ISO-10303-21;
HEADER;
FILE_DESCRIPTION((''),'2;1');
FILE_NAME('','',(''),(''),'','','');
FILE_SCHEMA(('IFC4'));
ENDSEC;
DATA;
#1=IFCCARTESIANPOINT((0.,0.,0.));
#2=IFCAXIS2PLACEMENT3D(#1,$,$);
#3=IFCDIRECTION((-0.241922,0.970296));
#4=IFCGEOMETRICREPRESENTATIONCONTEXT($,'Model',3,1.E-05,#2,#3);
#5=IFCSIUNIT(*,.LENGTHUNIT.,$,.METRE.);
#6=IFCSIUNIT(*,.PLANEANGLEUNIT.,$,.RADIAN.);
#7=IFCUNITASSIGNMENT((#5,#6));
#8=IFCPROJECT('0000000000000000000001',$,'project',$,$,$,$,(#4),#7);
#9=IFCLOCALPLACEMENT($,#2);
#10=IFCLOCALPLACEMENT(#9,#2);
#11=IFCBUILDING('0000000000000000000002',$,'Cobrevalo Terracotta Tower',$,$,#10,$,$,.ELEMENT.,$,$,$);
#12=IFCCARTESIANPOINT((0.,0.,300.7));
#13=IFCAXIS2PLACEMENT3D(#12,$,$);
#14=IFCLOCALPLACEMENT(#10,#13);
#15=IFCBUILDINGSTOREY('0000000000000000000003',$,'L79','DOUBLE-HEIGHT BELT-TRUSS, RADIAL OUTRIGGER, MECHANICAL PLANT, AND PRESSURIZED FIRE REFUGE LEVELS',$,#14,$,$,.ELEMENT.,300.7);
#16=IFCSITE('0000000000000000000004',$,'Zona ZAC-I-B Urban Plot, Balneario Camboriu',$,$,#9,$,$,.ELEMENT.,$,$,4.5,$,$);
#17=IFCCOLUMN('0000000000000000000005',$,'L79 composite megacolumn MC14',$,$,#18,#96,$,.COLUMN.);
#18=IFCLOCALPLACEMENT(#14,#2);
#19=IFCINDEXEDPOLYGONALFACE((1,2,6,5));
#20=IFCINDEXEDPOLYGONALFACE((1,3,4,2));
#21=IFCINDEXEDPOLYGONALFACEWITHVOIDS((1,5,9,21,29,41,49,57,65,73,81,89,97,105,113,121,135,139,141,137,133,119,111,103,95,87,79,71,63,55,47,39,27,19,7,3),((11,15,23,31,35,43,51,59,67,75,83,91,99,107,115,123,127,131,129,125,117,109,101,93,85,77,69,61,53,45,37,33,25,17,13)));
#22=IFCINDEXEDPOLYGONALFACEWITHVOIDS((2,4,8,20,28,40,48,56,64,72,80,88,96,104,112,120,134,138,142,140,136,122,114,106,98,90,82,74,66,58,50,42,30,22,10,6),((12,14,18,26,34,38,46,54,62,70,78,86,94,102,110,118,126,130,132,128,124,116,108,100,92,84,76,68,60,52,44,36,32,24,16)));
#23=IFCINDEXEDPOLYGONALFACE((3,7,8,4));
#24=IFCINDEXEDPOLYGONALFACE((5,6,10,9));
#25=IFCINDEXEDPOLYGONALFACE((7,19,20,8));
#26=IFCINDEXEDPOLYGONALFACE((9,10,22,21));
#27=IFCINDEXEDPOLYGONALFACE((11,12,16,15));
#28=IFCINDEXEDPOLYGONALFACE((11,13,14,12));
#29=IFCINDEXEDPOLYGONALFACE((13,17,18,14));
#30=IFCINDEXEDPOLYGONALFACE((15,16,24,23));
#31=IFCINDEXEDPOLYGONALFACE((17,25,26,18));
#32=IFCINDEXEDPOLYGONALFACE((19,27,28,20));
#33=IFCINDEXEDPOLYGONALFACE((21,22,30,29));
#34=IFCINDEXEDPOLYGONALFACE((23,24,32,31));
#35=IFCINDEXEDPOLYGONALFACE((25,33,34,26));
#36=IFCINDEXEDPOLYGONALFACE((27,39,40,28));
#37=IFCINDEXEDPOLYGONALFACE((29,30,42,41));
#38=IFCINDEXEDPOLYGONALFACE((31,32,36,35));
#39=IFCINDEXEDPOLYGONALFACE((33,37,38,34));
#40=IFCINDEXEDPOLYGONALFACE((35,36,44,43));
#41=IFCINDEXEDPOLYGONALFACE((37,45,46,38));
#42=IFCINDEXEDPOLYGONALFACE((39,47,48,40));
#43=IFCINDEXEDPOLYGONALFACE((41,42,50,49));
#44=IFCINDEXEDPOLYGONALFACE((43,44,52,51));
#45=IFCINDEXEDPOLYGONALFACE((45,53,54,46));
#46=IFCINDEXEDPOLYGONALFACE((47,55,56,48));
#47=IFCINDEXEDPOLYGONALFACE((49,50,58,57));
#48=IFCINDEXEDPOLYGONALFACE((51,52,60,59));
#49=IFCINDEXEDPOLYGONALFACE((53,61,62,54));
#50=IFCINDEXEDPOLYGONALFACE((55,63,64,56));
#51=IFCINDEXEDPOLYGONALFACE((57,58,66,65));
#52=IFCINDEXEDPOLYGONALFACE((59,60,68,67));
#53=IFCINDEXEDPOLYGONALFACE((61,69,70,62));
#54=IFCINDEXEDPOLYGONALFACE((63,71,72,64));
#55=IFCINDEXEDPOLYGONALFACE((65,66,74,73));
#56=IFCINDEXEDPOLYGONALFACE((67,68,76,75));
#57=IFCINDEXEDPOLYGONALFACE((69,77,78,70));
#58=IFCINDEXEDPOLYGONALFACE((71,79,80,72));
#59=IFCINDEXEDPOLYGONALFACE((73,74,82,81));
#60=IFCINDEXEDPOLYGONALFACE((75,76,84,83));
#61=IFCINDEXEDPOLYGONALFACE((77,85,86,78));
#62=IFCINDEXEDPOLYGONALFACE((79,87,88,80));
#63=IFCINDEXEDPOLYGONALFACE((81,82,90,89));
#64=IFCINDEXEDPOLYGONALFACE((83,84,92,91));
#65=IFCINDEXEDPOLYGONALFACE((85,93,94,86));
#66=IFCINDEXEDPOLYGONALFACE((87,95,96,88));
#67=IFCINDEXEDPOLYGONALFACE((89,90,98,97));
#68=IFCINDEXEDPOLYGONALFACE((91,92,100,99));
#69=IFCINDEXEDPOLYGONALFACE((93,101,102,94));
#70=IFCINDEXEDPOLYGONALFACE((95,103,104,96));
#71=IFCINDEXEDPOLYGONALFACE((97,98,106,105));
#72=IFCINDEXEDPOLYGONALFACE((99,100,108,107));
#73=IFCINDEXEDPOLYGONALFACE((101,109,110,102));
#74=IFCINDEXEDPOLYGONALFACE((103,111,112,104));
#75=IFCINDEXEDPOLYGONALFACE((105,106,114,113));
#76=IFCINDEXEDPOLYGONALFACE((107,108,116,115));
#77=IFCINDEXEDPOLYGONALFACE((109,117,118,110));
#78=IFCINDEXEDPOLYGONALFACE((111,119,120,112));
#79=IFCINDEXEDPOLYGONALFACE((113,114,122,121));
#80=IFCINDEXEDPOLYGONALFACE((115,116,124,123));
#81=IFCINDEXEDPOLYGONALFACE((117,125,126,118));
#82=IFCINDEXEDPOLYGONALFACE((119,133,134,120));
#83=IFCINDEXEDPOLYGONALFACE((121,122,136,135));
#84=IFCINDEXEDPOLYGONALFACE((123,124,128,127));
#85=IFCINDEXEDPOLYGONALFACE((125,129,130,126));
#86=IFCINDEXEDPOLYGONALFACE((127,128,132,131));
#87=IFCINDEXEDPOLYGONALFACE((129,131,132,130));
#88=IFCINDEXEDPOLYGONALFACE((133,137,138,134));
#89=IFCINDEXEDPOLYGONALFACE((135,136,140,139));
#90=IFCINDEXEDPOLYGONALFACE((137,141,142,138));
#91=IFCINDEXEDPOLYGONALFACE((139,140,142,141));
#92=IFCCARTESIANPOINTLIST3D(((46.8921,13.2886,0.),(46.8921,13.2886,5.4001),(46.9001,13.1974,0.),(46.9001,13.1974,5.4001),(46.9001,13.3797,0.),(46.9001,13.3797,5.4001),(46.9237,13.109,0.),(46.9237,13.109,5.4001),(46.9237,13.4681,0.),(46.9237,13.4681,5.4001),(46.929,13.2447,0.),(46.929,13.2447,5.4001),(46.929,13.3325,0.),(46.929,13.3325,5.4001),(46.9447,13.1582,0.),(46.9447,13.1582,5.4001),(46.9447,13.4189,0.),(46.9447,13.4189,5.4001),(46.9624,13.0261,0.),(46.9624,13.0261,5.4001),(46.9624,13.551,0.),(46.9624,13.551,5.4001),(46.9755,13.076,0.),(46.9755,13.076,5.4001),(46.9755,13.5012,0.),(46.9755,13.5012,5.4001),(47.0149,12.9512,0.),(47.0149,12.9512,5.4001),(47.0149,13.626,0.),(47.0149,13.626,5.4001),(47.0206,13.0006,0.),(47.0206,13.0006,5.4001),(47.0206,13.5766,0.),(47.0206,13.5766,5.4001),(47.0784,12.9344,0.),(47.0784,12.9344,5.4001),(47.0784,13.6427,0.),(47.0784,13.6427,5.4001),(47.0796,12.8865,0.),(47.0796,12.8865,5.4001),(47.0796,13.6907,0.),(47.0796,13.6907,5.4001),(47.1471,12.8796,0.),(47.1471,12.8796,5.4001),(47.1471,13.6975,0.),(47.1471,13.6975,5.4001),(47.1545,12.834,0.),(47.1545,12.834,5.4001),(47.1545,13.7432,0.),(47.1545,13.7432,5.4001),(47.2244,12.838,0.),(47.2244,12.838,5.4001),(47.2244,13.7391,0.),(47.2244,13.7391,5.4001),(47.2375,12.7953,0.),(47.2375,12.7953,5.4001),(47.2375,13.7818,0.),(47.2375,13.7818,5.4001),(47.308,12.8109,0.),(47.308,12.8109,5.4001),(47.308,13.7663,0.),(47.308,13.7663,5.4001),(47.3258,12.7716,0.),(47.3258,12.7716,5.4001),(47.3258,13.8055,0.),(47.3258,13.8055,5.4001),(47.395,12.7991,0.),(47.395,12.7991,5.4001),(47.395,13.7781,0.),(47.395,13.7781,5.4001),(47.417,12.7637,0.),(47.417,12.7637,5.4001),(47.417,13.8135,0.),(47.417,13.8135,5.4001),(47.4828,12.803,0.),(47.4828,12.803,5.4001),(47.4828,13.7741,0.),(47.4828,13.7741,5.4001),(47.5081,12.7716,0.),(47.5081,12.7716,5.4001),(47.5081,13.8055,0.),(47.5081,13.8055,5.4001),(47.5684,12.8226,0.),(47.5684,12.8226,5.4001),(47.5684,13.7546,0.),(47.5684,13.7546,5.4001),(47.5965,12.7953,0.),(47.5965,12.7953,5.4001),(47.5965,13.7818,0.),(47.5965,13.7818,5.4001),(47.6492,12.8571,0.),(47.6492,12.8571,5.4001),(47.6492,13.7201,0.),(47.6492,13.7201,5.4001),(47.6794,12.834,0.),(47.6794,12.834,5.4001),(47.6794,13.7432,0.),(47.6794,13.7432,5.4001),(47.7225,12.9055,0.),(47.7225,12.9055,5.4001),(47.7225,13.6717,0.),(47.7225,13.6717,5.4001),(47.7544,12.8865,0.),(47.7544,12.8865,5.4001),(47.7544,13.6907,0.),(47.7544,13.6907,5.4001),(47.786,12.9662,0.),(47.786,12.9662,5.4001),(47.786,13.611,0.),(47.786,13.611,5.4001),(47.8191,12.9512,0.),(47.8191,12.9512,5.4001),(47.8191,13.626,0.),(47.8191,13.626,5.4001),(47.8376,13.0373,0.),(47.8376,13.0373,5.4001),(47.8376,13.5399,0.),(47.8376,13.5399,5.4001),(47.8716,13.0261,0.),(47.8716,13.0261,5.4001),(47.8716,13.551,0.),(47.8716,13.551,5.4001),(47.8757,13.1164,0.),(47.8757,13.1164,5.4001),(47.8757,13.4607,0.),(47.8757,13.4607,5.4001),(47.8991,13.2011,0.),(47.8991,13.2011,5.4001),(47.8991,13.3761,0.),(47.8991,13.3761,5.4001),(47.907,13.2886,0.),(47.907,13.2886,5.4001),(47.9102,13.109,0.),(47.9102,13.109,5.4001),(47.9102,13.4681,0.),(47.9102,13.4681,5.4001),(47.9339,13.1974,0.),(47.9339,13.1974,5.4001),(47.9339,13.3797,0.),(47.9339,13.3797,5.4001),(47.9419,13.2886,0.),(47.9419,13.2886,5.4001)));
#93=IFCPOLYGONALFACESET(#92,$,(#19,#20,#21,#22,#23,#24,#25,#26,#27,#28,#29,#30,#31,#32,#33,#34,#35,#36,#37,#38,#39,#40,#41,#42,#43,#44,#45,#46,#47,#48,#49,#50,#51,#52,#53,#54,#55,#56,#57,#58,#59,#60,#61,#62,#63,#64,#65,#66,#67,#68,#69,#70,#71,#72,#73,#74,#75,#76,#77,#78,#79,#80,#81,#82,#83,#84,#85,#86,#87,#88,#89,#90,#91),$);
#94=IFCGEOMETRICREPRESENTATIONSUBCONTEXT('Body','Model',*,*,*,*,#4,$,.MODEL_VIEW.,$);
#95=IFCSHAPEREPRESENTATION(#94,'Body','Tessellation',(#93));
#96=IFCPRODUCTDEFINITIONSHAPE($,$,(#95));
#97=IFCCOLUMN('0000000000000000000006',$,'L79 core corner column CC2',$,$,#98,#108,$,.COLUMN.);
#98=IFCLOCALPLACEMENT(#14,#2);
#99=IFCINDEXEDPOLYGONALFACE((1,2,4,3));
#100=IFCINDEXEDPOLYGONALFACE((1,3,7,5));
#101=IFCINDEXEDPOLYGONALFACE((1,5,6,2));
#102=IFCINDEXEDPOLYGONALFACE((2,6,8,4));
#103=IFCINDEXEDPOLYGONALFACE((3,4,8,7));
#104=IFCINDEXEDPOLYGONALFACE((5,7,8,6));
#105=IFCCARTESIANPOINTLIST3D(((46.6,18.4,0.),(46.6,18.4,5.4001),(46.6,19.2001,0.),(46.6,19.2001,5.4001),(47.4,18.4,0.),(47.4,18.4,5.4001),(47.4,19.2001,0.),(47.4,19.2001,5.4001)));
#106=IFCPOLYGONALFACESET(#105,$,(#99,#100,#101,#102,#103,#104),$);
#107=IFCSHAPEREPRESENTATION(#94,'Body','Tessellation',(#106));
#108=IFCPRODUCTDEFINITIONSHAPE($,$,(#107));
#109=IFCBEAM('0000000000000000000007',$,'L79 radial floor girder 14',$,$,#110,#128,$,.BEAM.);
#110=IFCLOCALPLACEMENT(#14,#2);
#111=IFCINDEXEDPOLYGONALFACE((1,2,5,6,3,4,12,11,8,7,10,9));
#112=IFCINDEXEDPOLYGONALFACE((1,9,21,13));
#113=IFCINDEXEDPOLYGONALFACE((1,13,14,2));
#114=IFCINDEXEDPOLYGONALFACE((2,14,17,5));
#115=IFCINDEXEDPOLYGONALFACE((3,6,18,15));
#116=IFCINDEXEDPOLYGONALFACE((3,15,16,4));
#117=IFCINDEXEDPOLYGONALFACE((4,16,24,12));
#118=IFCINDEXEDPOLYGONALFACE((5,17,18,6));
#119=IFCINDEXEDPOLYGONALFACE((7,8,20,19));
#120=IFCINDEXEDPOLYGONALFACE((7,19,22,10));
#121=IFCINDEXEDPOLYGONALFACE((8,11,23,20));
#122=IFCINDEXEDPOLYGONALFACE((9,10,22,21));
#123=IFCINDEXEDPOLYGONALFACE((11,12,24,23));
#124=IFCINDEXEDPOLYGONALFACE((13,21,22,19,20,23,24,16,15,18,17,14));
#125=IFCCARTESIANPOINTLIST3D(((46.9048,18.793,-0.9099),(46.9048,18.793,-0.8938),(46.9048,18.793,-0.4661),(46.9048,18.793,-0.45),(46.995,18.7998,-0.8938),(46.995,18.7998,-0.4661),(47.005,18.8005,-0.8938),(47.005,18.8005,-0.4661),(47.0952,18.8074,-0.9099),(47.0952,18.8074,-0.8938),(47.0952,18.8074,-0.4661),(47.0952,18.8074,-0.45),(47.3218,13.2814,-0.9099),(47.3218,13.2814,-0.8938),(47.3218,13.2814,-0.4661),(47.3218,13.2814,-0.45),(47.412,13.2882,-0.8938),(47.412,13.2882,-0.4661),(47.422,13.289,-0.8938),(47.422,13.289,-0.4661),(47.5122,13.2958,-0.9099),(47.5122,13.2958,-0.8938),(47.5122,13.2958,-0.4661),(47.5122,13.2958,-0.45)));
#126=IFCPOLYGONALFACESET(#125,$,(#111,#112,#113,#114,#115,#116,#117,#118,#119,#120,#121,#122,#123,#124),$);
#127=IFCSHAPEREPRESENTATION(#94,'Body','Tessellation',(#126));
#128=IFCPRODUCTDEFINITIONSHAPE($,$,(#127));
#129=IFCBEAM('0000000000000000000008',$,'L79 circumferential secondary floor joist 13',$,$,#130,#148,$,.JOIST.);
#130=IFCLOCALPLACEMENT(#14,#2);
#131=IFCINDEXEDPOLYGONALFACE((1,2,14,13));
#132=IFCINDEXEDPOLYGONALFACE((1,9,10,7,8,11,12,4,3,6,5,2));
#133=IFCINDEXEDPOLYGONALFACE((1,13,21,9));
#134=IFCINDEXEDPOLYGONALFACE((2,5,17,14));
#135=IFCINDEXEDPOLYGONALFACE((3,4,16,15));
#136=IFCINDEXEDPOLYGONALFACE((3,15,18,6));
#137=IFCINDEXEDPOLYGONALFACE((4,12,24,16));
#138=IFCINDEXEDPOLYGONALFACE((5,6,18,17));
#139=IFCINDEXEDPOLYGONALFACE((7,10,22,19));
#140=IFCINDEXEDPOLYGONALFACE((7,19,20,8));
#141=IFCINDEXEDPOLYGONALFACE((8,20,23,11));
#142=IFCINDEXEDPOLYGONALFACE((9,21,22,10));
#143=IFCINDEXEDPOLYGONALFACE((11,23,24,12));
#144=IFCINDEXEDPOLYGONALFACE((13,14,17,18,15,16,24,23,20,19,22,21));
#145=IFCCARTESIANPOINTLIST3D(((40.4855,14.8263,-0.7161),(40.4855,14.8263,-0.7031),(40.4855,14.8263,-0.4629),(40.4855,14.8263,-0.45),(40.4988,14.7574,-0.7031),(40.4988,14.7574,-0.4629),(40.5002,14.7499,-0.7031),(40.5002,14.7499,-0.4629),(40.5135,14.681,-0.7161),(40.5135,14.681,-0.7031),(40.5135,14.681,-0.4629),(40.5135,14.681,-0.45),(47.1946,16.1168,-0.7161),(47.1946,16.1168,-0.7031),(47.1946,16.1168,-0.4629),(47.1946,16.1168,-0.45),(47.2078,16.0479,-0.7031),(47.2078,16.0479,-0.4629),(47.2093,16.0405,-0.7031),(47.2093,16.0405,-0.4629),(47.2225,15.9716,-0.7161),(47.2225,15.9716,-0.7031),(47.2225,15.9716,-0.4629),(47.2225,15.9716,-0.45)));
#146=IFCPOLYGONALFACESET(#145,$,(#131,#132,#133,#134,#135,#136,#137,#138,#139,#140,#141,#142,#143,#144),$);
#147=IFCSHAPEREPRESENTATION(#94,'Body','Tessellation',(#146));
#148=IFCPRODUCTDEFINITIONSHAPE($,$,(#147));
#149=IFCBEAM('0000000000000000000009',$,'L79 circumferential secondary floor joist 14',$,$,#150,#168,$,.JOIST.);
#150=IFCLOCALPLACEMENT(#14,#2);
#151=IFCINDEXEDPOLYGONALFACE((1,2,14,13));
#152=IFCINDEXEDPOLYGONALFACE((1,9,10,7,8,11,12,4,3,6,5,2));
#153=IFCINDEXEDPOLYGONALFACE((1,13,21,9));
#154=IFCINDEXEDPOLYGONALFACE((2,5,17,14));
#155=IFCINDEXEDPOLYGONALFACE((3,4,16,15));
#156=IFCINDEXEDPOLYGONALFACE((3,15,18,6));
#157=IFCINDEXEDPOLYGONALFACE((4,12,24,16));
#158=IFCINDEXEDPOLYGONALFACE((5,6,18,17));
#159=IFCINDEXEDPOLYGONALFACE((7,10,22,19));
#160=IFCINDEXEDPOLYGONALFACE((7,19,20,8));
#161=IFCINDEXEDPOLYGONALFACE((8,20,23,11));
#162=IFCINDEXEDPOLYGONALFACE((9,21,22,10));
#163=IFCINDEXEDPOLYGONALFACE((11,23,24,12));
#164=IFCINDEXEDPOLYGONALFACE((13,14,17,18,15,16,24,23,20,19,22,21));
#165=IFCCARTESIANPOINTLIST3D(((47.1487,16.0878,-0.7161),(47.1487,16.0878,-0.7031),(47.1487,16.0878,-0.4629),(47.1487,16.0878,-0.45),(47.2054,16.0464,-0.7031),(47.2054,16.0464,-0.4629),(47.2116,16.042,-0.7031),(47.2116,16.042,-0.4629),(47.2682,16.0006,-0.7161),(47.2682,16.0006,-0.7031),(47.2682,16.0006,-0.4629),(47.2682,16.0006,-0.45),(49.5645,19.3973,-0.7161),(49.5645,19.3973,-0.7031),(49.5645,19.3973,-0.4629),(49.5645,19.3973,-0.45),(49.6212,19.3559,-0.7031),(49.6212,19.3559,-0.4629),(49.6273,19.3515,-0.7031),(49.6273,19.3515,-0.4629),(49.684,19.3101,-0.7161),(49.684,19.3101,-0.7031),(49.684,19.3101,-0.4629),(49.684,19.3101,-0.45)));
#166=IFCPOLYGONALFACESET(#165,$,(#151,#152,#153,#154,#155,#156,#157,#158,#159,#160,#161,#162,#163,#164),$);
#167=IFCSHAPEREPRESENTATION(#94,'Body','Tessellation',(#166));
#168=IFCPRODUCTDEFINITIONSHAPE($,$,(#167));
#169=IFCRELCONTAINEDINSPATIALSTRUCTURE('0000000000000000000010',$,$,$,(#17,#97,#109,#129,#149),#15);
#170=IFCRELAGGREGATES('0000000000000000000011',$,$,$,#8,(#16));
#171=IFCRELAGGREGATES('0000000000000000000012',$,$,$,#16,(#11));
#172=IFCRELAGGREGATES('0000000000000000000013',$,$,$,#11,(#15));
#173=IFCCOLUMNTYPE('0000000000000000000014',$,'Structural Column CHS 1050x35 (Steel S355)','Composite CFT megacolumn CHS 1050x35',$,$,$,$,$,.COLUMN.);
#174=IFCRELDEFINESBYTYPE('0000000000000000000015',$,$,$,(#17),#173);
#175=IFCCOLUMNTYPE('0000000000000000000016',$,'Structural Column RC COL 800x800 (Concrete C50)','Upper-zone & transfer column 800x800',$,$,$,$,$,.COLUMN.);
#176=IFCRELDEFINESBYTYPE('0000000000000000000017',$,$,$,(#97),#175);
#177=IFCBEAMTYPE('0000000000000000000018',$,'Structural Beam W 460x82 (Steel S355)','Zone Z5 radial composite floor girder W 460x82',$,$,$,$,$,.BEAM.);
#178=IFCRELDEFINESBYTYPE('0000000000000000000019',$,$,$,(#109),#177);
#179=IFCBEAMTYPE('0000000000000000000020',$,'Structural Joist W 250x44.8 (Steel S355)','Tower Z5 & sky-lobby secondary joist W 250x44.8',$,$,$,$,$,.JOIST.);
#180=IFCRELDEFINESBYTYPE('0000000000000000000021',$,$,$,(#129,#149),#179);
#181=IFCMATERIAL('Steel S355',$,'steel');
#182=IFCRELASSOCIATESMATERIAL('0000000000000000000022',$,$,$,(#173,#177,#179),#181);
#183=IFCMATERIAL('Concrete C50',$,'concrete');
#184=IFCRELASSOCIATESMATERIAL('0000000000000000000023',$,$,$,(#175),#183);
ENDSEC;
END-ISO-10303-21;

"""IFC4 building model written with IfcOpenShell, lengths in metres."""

from ifc_helpers import new_model, si_unit, direction, frame, origin, origin_2d, place, context, subcontext, project, spatial, rectangle, hollow_circle, i_section, extrude, material, material_profile, profile_set, type_object, element, save


model = new_model("IFC4")

# Units and contexts
model_context = context("Model", 3, precision=1e-05, world=origin(), true_north=direction((-0.241922, 0.970296)))
body_context = subcontext(model_context, "Body", "Model", "MODEL_VIEW")
ifc_project = project(units=[si_unit("LENGTHUNIT", "METRE"), si_unit("PLANEANGLEUNIT", "RADIAN")], contexts=[model_context])

# Site, building, storey
site_placement = place(None, origin())
site = spatial("IfcSite", under=ifc_project, at=site_placement, Name="Zona ZAC-I-B Urban Plot, Balneario Camboriu", CompositionType="ELEMENT", RefElevation=4.5)
building_placement = place(site_placement, origin())
building = spatial("IfcBuilding", under=site, at=building_placement, Name="Cobrevalo Terracotta Tower", CompositionType="ELEMENT")
storey_placement = place(building_placement, frame((0.0, 0.0, 300.7)))
storey = spatial("IfcBuildingStorey", under=building, at=storey_placement, Name="L79", Description="DOUBLE-HEIGHT BELT-TRUSS, RADIAL OUTRIGGER, MECHANICAL PLANT, AND PRESSURIZED FIRE REFUGE LEVELS", CompositionType="ELEMENT", Elevation=300.7)

# Columns
ifc_material_1 = material(Name="Steel S355", Category="steel")
ifc_material_profile_1 = material_profile(ifc_material_1, hollow_circle(Radius=0.5249, WallThickness=0.0349, at=origin_2d()), Name="CHS 1050x35")
ifc_profile_set_1 = profile_set([ifc_material_profile_1], Name="Steel S355")
column_type_1 = type_object("IfcColumnType", Name="Structural Column CHS 1050x35 (Steel S355)", Description="Composite CFT megacolumn CHS 1050x35", PredefinedType="COLUMN", material=ifc_profile_set_1)
column_1_placement = place(storey_placement, frame((47.417, 13.2886, 0.0), z_axis=(0.0, 0.0, 1.0), x_axis=(1.0, 0.0, 0.0)))
element("IfcColumn", 1, at=column_1_placement, inside=storey, type_object=column_type_1, Name="L79 composite megacolumn MC14", PredefinedType="COLUMN", context=body_context, shape_type="SweptSolid", body=[
    extrude(hollow_circle(Radius=0.5249, WallThickness=0.0349, at=origin_2d()), origin(), (0.0, 0.0, 1.0), 5.4001),
])
ifc_material_2 = material(Name="Concrete C50", Category="concrete")
ifc_material_profile_2 = material_profile(ifc_material_2, rectangle(XDim=0.8, YDim=0.8, at=origin_2d()), Name="RC COL 800x800")
ifc_profile_set_2 = profile_set([ifc_material_profile_2], Name="Concrete C50")
column_type_2 = type_object("IfcColumnType", Name="Structural Column RC COL 800x800 (Concrete C50)", Description="Upper-zone & transfer column 800x800", PredefinedType="COLUMN", material=ifc_profile_set_2)
column_2_placement = place(storey_placement, frame((47.0, 18.8, 0.0), z_axis=(0.0, 0.0, 1.0), x_axis=(1.0, 0.0, 0.0)))
element("IfcColumn", 2, at=column_2_placement, inside=storey, type_object=column_type_2, Name="L79 core corner column CC2", PredefinedType="COLUMN", context=body_context, shape_type="SweptSolid", body=[
    extrude(rectangle(XDim=0.8, YDim=0.8, at=origin_2d()), origin(), (0.0, 0.0, 1.0), 5.4001),
])

# Beams
ifc_material_profile_3 = material_profile(ifc_material_1, i_section(OverallWidth=0.1909, OverallDepth=0.46, WebThickness=0.01, FlangeThickness=0.0161, at=origin_2d()), Name="W 460x82")
ifc_profile_set_3 = profile_set([ifc_material_profile_3], Name="Steel S355")
beam_type_1 = type_object("IfcBeamType", Name="Structural Beam W 460x82 (Steel S355)", Description="Zone Z5 radial composite floor girder W 460x82", PredefinedType="BEAM", material=ifc_profile_set_3)
beam_1_placement = place(storey_placement, frame((47.417, 13.2886, -0.6799), z_axis=(-0.075443, 0.99715, 0.0), x_axis=(-0.99715, -0.075443, 0.0)))
element("IfcBeam", 3, at=beam_1_placement, inside=storey, type_object=beam_type_1, Name="L79 radial floor girder 14", PredefinedType="BEAM", context=body_context, shape_type="SweptSolid", body=[
    extrude(i_section(OverallWidth=0.1909, OverallDepth=0.46, WebThickness=0.01, FlangeThickness=0.0161, at=origin_2d()), origin(), (0.0, 0.0, 1.0), 5.5273),
])
ifc_material_profile_4 = material_profile(ifc_material_1, i_section(OverallWidth=0.1479, OverallDepth=0.2661, WebThickness=0.0076, FlangeThickness=0.0129, at=origin_2d()), Name="W 250x44.8")
ifc_profile_set_4 = profile_set([ifc_material_profile_4], Name="Steel S355")
beam_type_2 = type_object("IfcBeamType", Name="Structural Joist W 250x44.8 (Steel S355)", Description="Tower Z5 & sky-lobby secondary joist W 250x44.8", PredefinedType="JOIST", material=ifc_profile_set_4)
beam_2_placement = place(storey_placement, frame((40.4995, 14.7537, -0.583), z_axis=(0.981997, 0.188895, 0.0), x_axis=(-0.188895, 0.981997, 0.0)))
element("IfcBeam", 4, at=beam_2_placement, inside=storey, type_object=beam_type_2, Name="L79 circumferential secondary floor joist 13", PredefinedType="JOIST", context=body_context, shape_type="SweptSolid", body=[
    extrude(i_section(OverallWidth=0.1479, OverallDepth=0.2661, WebThickness=0.0076, FlangeThickness=0.0129, at=origin_2d()), origin(), (0.0, 0.0, 1.0), 6.832),
])
beam_3_placement = place(storey_placement, frame((47.2085, 16.0442, -0.583), z_axis=(0.589577, 0.807712, 0.0), x_axis=(-0.807712, 0.589577, 0.0)))
element("IfcBeam", 5, at=beam_3_placement, inside=storey, type_object=beam_type_2, Name="L79 circumferential secondary floor joist 14", PredefinedType="JOIST", context=body_context, shape_type="SweptSolid", body=[
    extrude(i_section(OverallWidth=0.1479, OverallDepth=0.2661, WebThickness=0.0076, FlangeThickness=0.0129, at=origin_2d()), origin(), (0.0, 0.0, 1.0), 4.0974),
])

save(model, "model.ifc")
